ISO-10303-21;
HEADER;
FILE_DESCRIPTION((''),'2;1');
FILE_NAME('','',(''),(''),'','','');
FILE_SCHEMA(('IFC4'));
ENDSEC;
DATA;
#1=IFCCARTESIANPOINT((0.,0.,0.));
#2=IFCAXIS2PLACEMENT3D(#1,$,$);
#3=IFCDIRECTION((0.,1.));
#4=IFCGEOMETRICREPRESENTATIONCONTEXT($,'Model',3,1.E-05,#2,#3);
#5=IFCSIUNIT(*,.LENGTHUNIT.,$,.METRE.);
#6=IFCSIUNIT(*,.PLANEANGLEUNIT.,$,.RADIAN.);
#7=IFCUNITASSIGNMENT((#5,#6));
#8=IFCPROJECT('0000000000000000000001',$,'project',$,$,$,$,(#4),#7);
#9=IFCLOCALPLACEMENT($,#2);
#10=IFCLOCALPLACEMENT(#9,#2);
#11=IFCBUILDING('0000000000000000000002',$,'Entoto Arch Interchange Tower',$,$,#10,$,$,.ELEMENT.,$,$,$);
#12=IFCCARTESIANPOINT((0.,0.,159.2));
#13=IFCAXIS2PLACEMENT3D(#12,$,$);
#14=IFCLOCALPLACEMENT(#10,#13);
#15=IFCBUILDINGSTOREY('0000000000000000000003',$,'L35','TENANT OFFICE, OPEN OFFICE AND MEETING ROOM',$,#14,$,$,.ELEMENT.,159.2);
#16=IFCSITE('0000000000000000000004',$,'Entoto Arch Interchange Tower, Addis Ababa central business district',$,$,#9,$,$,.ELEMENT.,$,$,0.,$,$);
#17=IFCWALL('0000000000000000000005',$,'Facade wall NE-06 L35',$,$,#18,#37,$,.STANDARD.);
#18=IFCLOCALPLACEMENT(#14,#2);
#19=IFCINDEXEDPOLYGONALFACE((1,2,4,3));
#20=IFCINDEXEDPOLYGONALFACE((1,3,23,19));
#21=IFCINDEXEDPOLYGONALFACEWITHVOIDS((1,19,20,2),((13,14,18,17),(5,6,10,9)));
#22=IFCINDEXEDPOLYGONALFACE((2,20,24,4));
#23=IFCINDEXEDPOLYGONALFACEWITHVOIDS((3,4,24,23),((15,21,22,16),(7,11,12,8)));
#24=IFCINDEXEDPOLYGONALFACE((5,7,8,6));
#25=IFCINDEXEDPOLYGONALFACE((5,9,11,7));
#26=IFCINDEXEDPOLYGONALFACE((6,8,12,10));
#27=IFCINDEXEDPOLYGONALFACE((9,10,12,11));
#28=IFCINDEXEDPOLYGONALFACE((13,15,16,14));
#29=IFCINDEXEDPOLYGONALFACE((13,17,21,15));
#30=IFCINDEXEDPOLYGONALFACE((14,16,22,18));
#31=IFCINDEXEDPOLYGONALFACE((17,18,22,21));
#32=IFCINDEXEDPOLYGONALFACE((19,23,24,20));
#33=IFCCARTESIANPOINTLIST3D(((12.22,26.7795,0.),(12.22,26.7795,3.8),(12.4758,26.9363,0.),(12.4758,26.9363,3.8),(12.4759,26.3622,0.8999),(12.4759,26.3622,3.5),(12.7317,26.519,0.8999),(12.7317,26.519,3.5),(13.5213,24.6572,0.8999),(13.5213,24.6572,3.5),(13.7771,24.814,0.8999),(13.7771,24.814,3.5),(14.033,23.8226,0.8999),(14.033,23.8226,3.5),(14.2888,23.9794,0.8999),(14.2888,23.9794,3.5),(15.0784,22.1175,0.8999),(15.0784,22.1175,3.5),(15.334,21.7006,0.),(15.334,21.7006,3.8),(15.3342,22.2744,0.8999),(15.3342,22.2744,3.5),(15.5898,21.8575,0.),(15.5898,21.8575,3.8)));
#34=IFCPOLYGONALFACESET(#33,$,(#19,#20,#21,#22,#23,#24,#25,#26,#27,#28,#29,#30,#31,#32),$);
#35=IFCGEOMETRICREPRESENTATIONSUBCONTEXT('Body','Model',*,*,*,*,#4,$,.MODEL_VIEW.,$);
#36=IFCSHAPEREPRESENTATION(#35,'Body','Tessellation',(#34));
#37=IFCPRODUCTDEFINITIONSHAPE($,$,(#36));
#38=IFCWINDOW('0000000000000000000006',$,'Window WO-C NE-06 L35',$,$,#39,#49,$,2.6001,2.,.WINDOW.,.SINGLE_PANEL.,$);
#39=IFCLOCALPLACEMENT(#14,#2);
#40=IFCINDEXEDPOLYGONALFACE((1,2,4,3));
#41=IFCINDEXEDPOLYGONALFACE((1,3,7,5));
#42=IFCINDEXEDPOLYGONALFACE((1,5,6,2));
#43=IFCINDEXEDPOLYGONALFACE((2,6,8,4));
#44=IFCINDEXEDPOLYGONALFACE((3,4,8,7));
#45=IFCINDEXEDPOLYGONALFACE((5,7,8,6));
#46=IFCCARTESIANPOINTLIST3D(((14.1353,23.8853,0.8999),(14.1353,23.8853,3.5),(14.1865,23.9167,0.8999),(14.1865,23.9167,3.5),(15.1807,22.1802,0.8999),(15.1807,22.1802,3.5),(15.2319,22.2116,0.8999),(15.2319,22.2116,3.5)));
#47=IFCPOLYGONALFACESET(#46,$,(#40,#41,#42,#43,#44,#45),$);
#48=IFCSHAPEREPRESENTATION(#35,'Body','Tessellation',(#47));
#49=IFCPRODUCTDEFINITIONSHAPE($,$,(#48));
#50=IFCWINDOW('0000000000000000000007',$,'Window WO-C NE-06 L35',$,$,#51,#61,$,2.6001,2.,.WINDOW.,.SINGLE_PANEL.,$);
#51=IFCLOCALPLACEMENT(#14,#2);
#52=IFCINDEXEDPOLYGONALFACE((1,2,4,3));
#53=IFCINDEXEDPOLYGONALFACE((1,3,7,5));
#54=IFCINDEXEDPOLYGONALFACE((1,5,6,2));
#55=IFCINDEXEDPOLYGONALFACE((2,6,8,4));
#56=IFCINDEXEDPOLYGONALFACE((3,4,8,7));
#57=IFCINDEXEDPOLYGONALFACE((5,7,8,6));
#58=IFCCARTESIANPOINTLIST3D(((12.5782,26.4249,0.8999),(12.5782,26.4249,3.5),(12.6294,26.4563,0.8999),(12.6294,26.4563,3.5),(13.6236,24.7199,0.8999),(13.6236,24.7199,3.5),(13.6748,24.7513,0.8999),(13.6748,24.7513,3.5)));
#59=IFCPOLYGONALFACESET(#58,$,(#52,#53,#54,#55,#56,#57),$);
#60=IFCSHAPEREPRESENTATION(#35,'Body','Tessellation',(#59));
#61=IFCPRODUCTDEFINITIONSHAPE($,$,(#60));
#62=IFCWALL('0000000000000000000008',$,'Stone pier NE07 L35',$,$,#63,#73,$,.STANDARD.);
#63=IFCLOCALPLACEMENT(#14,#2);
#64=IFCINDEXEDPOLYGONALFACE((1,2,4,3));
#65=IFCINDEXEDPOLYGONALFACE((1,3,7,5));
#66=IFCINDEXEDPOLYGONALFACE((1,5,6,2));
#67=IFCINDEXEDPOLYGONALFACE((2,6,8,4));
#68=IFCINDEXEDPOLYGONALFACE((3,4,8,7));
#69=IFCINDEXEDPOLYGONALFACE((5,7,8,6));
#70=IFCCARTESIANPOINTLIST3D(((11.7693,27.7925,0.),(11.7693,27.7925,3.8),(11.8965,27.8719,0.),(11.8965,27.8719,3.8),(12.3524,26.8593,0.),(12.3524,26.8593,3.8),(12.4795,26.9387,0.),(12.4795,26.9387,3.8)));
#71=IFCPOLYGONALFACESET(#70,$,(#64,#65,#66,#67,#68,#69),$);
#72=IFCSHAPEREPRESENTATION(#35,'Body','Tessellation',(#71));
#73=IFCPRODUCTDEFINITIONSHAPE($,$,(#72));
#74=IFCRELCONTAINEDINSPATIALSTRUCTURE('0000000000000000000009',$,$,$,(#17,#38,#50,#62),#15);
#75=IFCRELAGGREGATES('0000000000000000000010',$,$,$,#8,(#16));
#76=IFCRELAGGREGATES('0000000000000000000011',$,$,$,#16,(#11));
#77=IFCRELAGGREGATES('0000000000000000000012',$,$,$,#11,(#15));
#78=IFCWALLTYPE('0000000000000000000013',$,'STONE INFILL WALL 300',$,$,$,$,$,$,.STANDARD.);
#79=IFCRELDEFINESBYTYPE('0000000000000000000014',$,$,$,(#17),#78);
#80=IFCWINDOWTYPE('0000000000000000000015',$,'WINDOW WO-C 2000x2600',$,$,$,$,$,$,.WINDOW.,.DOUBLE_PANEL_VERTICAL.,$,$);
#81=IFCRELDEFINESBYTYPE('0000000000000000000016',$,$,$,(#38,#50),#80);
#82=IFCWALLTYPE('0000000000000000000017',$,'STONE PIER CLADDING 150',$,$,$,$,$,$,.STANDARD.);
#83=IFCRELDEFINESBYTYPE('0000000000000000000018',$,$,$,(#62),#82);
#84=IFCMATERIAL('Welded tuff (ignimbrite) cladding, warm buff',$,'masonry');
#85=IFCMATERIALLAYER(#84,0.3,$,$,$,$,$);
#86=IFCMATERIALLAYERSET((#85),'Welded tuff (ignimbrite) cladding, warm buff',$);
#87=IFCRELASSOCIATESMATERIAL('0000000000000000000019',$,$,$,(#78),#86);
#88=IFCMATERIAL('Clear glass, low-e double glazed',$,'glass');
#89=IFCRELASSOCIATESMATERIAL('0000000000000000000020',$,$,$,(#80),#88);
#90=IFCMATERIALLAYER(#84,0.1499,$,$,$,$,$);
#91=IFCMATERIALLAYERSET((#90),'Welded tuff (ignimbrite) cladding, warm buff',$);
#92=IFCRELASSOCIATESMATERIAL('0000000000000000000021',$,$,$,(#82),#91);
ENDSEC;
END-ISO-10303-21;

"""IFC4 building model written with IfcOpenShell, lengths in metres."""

from ifc_helpers import new_model, si_unit, direction, frame, frame_2d, origin, place, context, subcontext, project, spatial, rectangle, extrude, material, layer, layer_set, type_object, element, fill, save


model = new_model("IFC4")

# Units and contexts
model_context = context("Model", 3, precision=1e-05, world=origin(), true_north=direction((0.0, 1.0)))
body_context = subcontext(model_context, "Body", "Model", "MODEL_VIEW")
ifc_project = project(units=[si_unit("LENGTHUNIT", "METRE"), si_unit("PLANEANGLEUNIT", "RADIAN")], contexts=[model_context])

# Site, building, storey
site_placement = place(None, origin())
site = spatial("IfcSite", under=ifc_project, at=site_placement, Name="Entoto Arch Interchange Tower, Addis Ababa central business district", CompositionType="ELEMENT", RefElevation=0.0)
building_placement = place(site_placement, origin())
building = spatial("IfcBuilding", under=site, at=building_placement, Name="Entoto Arch Interchange Tower", CompositionType="ELEMENT")
storey_placement = place(building_placement, frame((0.0, 0.0, 159.2)))
storey = spatial("IfcBuildingStorey", under=building, at=storey_placement, Name="L35", Description="TENANT OFFICE, OPEN OFFICE AND MEETING ROOM", CompositionType="ELEMENT", Elevation=159.2)

# Wall, openings, windows
ifc_material_1 = material(Name="Welded tuff (ignimbrite) cladding, warm buff", Category="masonry")
ifc_layer_1 = layer(ifc_material_1, 0.3)
ifc_layer_set_1 = layer_set([ifc_layer_1], Name="Welded tuff (ignimbrite) cladding, warm buff")
wall_type_1 = type_object("IfcWallType", Name="STONE INFILL WALL 300", PredefinedType="STANDARD", material=ifc_layer_set_1)
wall_1_placement = place(storey_placement, frame((15.4619, 21.7791, 0.0), z_axis=(0.0, 0.0, 1.0), x_axis=(-0.522704, 0.852514, 0.0)))
wall_1 = element("IfcWall", 1, at=wall_1_placement, inside=storey, type_object=wall_type_1, Name="Facade wall NE-06 L35", PredefinedType="STANDARD", context=body_context, shape_type="SweptSolid", body=[
    extrude(rectangle(XDim=5.9575, YDim=0.3, at=frame_2d((2.9788, 0.0))), origin(), (0.0, 0.0, 1.0), 3.8),
])
opening_1_placement = place(wall_1_placement, frame((0.489, 0.0, 0.8999)))
opening_1 = element("IfcOpeningElement", 2, at=opening_1_placement, cuts=wall_1, PredefinedType="OPENING", context=body_context, shape_type="SweptSolid", body=[
    extrude(rectangle(XDim=2.0, YDim=2.6001, at=frame_2d((1.0, 1.3))), frame((0.0, 0.1602, 0.0), z_axis=(0.0, -1.0, 0.0), x_axis=(1.0, 0.0, 0.0)), (0.0, 0.0, 1.0), 0.3201),
])
opening_2_placement = place(wall_1_placement, frame((3.468, 0.0, 0.8999)))
opening_2 = element("IfcOpeningElement", 3, at=opening_2_placement, cuts=wall_1, PredefinedType="OPENING", context=body_context, shape_type="SweptSolid", body=[
    extrude(rectangle(XDim=2.0, YDim=2.6001, at=frame_2d((1.0, 1.3))), frame((0.0, 0.1602, 0.0), z_axis=(0.0, -1.0, 0.0), x_axis=(1.0, 0.0, 0.0)), (0.0, 0.0, 1.0), 0.3201),
])
ifc_material_2 = material(Name="Clear glass, low-e double glazed", Category="glass")
window_type = type_object("IfcWindowType", Name="WINDOW WO-C 2000x2600", PartitioningType="DOUBLE_PANEL_VERTICAL", PredefinedType="WINDOW", material=ifc_material_2)
window_1_placement = place(opening_1_placement, origin())
window_1 = element("IfcWindow", 4, at=window_1_placement, inside=storey, type_object=window_type, Name="Window WO-C NE-06 L35", OverallHeight=2.6001, OverallWidth=2.0, PartitioningType="SINGLE_PANEL", PredefinedType="WINDOW", context=body_context, shape_type="SweptSolid", body=[
    extrude(rectangle(XDim=2.0, YDim=2.6001, at=frame_2d((1.0, 1.3))), frame((0.0, 0.03, 0.0), z_axis=(0.0, -1.0, 0.0), x_axis=(1.0, 0.0, 0.0)), (0.0, 0.0, 1.0), 0.0601),
])
fill(opening_1, window_1)
window_2_placement = place(opening_2_placement, origin())
window_2 = element("IfcWindow", 5, at=window_2_placement, inside=storey, type_object=window_type, Name="Window WO-C NE-06 L35", OverallHeight=2.6001, OverallWidth=2.0, PartitioningType="SINGLE_PANEL", PredefinedType="WINDOW", context=body_context, shape_type="SweptSolid", body=[
    extrude(rectangle(XDim=2.0, YDim=2.6001, at=frame_2d((1.0, 1.3))), frame((0.0, 0.03, 0.0), z_axis=(0.0, -1.0, 0.0), x_axis=(1.0, 0.0, 0.0)), (0.0, 0.0, 1.0), 0.0601),
])
fill(opening_2, window_2)

# Wall
ifc_layer_2 = layer(ifc_material_1, 0.1499)
ifc_layer_set_2 = layer_set([ifc_layer_2], Name="Welded tuff (ignimbrite) cladding, warm buff")
wall_type_2 = type_object("IfcWallType", Name="STONE PIER CLADDING 150", PredefinedType="STANDARD", material=ifc_layer_set_2)
wall_2_placement = place(storey_placement, frame((12.416, 26.8989, 0.0), z_axis=(0.0, 0.0, 1.0), x_axis=(-0.529879, 0.848073, 0.0)))
element("IfcWall", 6, at=wall_2_placement, inside=storey, type_object=wall_type_2, Name="Stone pier NE07 L35", PredefinedType="STANDARD", context=body_context, shape_type="SweptSolid", body=[
    extrude(rectangle(XDim=1.1003, YDim=0.1499, at=frame_2d((0.5503, 0.0))), origin(), (0.0, 0.0, 1.0), 3.8),
])

save(model, "model.ifc")
